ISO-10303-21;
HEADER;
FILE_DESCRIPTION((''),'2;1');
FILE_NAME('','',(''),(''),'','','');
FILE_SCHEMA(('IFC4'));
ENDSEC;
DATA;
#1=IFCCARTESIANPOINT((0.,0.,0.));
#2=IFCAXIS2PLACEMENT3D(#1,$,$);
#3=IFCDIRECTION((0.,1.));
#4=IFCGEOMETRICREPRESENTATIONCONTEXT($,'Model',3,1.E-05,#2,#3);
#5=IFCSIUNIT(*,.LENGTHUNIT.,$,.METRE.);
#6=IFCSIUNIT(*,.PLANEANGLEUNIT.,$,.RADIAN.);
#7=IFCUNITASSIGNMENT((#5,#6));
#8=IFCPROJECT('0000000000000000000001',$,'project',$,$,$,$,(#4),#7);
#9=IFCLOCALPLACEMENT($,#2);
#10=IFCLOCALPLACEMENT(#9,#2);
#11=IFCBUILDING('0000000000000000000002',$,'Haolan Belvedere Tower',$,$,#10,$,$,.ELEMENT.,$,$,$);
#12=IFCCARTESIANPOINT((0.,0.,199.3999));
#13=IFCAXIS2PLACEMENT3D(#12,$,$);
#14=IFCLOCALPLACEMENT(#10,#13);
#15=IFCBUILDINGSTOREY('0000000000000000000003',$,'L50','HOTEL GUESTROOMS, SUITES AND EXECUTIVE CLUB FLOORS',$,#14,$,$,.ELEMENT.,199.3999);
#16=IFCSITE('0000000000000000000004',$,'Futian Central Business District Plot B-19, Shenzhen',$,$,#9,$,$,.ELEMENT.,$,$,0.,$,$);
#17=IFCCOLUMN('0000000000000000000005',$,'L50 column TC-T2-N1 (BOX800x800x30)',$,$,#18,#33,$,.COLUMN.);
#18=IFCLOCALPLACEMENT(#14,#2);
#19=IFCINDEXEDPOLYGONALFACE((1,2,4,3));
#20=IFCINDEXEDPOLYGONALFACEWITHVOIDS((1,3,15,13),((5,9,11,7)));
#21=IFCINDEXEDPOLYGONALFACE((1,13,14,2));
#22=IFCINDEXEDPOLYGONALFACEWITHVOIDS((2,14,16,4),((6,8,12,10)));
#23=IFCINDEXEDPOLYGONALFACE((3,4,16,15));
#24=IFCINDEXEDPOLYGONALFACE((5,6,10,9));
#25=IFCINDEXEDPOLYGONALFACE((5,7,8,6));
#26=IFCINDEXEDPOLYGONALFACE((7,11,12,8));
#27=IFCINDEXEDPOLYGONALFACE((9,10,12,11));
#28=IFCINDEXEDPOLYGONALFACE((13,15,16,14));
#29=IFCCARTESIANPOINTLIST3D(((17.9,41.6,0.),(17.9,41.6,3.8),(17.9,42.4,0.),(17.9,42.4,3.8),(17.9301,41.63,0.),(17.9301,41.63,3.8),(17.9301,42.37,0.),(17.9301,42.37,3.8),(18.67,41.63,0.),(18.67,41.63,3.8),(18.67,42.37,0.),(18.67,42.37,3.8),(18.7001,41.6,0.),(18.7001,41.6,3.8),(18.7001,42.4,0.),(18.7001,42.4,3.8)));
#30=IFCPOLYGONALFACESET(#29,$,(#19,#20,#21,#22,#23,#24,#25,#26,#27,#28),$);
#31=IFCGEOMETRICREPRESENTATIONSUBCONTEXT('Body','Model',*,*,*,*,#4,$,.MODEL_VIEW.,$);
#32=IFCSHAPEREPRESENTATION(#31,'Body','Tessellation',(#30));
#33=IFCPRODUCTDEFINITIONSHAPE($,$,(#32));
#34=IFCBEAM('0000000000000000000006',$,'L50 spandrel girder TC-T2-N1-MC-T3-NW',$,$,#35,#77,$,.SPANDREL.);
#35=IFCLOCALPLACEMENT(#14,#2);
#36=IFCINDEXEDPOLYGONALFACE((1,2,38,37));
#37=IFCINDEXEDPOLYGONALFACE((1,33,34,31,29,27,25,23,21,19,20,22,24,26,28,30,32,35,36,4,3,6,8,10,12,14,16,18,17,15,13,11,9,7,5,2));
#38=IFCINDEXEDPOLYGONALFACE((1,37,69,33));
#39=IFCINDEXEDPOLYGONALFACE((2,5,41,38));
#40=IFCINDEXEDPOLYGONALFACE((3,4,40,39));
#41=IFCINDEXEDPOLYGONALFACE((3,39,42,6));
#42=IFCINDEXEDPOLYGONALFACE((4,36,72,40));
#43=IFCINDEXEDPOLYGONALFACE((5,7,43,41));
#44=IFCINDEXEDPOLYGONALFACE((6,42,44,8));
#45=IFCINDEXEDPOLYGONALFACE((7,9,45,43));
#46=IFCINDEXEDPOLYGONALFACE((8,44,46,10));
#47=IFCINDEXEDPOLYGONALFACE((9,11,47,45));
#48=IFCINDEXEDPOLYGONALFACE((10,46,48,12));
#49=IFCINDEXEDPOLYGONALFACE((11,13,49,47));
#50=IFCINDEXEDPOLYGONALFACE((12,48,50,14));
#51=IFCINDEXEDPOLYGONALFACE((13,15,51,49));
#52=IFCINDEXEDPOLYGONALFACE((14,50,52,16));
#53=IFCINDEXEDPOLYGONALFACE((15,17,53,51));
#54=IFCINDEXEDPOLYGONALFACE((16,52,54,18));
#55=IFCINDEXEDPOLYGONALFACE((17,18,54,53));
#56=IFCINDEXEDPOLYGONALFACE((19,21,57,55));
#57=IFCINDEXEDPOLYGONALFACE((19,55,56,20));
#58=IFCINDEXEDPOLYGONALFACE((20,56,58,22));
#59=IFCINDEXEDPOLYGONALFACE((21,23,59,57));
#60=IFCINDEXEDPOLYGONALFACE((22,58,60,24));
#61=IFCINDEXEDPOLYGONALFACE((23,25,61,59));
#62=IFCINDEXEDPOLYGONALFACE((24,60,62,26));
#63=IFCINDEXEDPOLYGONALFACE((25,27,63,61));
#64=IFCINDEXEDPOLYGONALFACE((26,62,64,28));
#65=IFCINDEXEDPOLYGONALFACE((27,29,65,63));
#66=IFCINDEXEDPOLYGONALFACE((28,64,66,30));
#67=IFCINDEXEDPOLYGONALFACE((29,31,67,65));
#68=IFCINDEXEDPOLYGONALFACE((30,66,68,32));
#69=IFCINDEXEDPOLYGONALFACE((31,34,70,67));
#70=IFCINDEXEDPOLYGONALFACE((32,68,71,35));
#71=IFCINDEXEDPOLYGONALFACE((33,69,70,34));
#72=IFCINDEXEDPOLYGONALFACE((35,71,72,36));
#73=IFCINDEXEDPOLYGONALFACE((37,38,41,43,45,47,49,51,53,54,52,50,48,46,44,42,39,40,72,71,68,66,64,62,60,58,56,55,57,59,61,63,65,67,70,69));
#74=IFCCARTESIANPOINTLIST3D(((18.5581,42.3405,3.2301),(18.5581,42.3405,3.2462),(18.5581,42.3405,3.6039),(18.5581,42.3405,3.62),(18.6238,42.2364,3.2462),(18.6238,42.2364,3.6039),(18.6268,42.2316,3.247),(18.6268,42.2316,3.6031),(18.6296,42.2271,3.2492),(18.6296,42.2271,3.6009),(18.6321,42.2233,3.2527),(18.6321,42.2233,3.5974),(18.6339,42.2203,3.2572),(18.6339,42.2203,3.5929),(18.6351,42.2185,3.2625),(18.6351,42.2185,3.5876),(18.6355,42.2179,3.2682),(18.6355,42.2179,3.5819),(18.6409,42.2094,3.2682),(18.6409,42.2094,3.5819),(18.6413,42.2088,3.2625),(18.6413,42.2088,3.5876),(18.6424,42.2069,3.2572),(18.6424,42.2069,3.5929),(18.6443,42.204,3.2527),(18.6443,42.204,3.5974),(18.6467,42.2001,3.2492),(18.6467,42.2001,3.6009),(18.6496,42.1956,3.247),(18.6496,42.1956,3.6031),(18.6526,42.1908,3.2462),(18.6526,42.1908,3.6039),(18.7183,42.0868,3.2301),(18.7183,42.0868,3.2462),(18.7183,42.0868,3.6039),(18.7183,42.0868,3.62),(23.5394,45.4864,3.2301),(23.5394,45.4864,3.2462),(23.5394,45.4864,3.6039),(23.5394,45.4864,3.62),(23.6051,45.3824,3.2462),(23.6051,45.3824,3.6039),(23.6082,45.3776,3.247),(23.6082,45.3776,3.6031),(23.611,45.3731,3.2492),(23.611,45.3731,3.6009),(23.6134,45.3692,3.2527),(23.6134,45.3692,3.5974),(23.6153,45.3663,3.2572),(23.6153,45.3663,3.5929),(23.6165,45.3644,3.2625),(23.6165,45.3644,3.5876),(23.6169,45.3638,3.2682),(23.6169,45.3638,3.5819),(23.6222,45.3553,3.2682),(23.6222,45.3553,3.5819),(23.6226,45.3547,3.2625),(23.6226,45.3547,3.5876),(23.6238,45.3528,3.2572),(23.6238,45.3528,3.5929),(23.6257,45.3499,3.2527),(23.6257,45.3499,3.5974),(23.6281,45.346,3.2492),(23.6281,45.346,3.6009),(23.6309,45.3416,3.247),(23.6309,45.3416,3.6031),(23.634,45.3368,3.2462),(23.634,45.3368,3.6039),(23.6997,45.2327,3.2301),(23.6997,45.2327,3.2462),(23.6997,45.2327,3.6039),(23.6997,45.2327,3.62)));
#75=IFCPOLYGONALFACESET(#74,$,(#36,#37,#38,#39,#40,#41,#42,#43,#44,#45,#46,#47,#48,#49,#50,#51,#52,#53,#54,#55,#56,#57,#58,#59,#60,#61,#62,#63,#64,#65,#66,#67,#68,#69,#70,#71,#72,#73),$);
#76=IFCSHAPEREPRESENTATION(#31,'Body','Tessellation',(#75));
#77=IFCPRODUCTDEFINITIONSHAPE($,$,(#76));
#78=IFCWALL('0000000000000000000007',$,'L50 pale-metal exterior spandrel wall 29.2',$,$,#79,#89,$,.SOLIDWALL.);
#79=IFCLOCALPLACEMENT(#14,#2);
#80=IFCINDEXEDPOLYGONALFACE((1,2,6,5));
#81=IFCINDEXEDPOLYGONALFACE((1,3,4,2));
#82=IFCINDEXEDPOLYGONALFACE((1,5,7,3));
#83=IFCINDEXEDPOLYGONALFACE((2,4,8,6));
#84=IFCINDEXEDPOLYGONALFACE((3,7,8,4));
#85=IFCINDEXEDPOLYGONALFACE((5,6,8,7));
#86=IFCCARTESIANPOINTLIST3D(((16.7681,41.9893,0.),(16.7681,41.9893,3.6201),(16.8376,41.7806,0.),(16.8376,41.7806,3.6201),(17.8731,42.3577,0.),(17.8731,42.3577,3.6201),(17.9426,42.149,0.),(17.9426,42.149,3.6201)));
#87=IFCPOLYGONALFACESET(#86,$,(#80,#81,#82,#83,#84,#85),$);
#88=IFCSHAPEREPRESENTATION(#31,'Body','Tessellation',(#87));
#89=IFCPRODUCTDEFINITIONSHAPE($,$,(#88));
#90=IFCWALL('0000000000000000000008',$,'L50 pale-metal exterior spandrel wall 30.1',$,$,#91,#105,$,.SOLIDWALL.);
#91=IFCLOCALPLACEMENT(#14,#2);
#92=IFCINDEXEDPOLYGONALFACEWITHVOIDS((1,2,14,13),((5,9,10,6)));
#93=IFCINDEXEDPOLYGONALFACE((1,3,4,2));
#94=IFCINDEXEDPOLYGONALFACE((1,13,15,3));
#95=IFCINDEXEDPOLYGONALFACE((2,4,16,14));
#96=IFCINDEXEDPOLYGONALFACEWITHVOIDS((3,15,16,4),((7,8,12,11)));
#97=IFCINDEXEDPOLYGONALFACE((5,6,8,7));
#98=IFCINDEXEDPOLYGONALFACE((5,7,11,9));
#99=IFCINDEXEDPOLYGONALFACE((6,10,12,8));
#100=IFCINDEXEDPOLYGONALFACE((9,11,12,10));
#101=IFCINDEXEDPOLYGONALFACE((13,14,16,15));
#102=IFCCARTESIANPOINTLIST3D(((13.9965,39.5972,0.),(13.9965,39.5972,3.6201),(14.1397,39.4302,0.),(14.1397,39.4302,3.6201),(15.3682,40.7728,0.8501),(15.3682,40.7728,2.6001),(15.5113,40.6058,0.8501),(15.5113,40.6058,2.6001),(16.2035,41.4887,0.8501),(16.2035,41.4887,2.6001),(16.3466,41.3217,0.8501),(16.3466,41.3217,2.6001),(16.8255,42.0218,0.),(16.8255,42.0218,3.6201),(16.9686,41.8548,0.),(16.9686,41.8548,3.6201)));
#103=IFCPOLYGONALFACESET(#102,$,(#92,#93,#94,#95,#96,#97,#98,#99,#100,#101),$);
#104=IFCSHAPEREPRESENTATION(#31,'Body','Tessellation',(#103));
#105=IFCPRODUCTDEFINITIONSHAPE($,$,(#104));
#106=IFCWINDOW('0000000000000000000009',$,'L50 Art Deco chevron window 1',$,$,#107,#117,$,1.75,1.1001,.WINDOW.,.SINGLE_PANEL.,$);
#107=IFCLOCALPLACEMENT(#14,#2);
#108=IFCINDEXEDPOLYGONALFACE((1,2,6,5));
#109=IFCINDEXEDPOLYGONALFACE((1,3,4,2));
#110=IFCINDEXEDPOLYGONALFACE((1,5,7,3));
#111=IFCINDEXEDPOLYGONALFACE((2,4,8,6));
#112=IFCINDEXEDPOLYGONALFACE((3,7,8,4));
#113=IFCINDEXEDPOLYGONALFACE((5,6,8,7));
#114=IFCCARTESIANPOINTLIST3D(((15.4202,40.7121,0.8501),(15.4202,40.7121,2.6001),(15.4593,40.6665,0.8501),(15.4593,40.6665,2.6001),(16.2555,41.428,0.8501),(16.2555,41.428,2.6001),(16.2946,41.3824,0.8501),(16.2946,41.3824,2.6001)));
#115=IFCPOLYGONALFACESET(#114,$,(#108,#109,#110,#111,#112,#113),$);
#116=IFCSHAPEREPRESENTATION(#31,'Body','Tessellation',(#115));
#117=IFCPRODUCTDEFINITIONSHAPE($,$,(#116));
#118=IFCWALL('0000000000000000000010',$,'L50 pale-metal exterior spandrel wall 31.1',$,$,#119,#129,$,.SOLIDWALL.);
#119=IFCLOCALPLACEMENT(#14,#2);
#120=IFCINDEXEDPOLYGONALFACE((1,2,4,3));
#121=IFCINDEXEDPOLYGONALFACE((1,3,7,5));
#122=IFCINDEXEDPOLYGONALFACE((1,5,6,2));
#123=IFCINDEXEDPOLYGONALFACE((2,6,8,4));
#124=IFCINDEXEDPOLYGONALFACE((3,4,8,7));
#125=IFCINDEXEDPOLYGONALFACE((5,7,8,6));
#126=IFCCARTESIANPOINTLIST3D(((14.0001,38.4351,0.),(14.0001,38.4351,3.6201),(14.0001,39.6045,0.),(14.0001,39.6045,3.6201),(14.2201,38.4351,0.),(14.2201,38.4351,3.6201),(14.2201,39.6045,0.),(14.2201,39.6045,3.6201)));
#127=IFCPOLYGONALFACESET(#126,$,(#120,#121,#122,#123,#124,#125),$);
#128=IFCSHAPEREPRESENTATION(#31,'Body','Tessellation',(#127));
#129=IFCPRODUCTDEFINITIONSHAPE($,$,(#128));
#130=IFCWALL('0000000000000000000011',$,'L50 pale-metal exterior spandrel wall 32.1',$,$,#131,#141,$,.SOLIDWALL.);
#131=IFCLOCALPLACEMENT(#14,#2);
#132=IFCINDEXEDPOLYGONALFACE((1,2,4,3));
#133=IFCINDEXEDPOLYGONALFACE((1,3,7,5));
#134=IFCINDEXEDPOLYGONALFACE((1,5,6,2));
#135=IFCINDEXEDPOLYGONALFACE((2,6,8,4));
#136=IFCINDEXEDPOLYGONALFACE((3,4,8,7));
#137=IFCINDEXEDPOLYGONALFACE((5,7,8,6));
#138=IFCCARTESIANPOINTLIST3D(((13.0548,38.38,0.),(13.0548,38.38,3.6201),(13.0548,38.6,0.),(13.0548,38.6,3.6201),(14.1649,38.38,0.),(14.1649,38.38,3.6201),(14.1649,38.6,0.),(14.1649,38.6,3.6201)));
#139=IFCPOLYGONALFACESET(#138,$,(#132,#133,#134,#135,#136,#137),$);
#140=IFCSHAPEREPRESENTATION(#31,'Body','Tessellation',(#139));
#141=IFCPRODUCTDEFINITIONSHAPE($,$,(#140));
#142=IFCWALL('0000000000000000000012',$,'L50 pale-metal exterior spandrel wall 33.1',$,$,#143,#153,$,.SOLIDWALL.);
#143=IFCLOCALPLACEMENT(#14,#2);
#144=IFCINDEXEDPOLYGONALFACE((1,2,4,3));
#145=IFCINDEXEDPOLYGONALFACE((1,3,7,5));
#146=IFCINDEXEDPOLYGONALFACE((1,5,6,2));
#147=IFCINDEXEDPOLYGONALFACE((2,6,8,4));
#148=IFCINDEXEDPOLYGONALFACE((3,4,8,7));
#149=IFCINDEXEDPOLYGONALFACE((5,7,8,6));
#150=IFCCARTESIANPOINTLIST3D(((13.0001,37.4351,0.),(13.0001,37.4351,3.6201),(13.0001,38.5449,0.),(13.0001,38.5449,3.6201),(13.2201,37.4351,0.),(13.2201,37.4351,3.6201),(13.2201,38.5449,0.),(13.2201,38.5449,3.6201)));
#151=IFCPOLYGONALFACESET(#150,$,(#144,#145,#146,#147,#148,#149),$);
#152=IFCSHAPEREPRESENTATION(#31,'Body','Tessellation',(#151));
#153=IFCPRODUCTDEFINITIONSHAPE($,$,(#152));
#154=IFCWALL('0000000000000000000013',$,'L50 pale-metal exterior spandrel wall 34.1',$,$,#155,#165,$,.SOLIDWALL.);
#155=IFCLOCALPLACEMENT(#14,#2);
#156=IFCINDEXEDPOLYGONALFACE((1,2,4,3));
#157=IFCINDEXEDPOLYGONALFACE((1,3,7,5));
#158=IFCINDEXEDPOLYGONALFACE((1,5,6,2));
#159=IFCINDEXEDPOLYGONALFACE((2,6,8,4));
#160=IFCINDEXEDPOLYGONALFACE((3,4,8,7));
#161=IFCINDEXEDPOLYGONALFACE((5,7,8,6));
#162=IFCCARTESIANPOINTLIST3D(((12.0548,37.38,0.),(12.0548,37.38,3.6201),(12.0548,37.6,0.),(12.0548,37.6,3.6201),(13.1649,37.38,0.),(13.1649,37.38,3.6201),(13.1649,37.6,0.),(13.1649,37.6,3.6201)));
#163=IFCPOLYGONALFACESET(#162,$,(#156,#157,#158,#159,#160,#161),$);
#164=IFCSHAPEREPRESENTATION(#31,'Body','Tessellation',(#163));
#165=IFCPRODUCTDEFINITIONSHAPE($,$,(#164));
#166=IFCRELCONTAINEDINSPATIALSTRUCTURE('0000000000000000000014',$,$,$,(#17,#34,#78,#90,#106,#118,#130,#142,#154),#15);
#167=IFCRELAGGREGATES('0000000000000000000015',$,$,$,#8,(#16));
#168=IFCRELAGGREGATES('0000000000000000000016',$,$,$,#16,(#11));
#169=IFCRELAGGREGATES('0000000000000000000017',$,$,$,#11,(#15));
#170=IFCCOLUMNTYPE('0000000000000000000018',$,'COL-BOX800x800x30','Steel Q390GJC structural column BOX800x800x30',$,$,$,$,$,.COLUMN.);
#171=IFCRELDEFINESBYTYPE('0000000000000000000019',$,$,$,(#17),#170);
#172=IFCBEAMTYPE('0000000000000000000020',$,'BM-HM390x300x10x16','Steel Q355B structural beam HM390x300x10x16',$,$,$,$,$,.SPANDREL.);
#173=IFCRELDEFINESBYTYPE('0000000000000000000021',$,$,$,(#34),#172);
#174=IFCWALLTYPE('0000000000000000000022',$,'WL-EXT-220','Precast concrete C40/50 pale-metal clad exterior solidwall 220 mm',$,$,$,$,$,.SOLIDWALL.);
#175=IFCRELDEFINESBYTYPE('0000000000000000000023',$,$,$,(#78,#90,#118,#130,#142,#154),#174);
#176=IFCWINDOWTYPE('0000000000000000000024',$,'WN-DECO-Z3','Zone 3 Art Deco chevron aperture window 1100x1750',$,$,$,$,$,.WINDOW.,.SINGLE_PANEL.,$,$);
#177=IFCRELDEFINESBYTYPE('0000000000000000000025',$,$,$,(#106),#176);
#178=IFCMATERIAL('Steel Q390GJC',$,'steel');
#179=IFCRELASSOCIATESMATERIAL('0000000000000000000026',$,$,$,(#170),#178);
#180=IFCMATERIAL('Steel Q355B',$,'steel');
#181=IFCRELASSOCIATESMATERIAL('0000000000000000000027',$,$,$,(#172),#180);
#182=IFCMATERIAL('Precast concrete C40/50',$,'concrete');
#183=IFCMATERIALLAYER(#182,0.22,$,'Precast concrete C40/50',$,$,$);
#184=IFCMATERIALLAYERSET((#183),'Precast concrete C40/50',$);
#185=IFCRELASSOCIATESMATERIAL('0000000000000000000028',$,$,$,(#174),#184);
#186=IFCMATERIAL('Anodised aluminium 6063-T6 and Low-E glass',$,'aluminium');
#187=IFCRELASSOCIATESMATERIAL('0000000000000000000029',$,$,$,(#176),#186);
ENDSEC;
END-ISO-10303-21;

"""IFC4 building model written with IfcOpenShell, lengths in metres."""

from ifc_helpers import new_model, si_unit, direction, frame, frame_2d, origin, origin_2d, place, context, subcontext, project, spatial, rectangle, hollow_rectangle, i_section, extrude, material, layer, layer_set, material_profile, profile_set, type_object, element, fill, save


model = new_model("IFC4")

# Units and contexts
model_context = context("Model", 3, precision=1e-05, world=origin(), true_north=direction((0.0, 1.0)))
body_context = subcontext(model_context, "Body", "Model", "MODEL_VIEW")
ifc_project = project(units=[si_unit("LENGTHUNIT", "METRE"), si_unit("PLANEANGLEUNIT", "RADIAN")], contexts=[model_context])

# Site, building, storey
site_placement = place(None, origin())
site = spatial("IfcSite", under=ifc_project, at=site_placement, Name="Futian Central Business District Plot B-19, Shenzhen", CompositionType="ELEMENT", RefElevation=0.0)
building_placement = place(site_placement, origin())
building = spatial("IfcBuilding", under=site, at=building_placement, Name="Haolan Belvedere Tower", CompositionType="ELEMENT")
storey_placement = place(building_placement, frame((0.0, 0.0, 199.3999)))
storey = spatial("IfcBuildingStorey", under=building, at=storey_placement, Name="L50", Description="HOTEL GUESTROOMS, SUITES AND EXECUTIVE CLUB FLOORS", CompositionType="ELEMENT", Elevation=199.3999)

# Column
ifc_material_1 = material(Name="Steel Q390GJC", Category="steel")
ifc_material_profile_1 = material_profile(ifc_material_1, hollow_rectangle(XDim=0.8, YDim=0.8, WallThickness=0.03, at=origin_2d()), Name="Steel Q390GJC")
ifc_profile_set_1 = profile_set([ifc_material_profile_1], Name="Steel Q390GJC")
column_type = type_object("IfcColumnType", Name="COL-BOX800x800x30", Description="Steel Q390GJC structural column BOX800x800x30", PredefinedType="COLUMN", material=ifc_profile_set_1)
column_placement = place(storey_placement, frame((18.3, 42.0, 0.0), z_axis=(0.0, 0.0, 1.0), x_axis=(1.0, 0.0, 0.0)))
element("IfcColumn", 1, at=column_placement, inside=storey, type_object=column_type, Name="L50 column TC-T2-N1 (BOX800x800x30)", PredefinedType="COLUMN", context=body_context, shape_type="SweptSolid", body=[
    extrude(hollow_rectangle(XDim=0.8, YDim=0.8, WallThickness=0.03, at=origin_2d()), origin(), (0.0, 0.0, 1.0), 3.8),
])

# Beam
ifc_material_2 = material(Name="Steel Q355B", Category="steel")
ifc_material_profile_2 = material_profile(ifc_material_2, i_section(OverallWidth=0.3, OverallDepth=0.3899, WebThickness=0.01, FlangeThickness=0.0161, FilletRadius=0.022, at=origin_2d()), Name="Steel Q355B")
ifc_profile_set_2 = profile_set([ifc_material_profile_2], Name="Steel Q355B")
beam_type = type_object("IfcBeamType", Name="BM-HM390x300x10x16", Description="Steel Q355B structural beam HM390x300x10x16", PredefinedType="SPANDREL", material=ifc_profile_set_2)
beam_placement = place(storey_placement, frame((18.6382, 42.2136, 3.425), z_axis=(0.845503, 0.533971, 0.0), x_axis=(-0.533971, 0.845503, 0.0)))
element("IfcBeam", 2, at=beam_placement, inside=storey, type_object=beam_type, Name="L50 spandrel girder TC-T2-N1-MC-T3-NW", PredefinedType="SPANDREL", context=body_context, shape_type="SweptSolid", body=[
    extrude(i_section(OverallWidth=0.3, OverallDepth=0.3899, WebThickness=0.01, FlangeThickness=0.0161, FilletRadius=0.022, at=origin_2d()), origin(), (0.0, 0.0, 1.0), 5.8916),
])

# Wall
ifc_material_3 = material(Name="Precast concrete C40/50", Category="concrete")
ifc_layer_1 = layer(ifc_material_3, 0.22, Name="Precast concrete C40/50")
ifc_layer_set_1 = layer_set([ifc_layer_1], Name="Precast concrete C40/50")
wall_type_1 = type_object("IfcWallType", Name="WL-EXT-220", Description="Precast concrete C40/50 pale-metal clad exterior solidwall 220 mm", PredefinedType="SOLIDWALL", material=ifc_layer_set_1)
wall_1_placement = place(storey_placement, frame((17.908, 42.2534, 0.0), z_axis=(0.0, 0.0, 1.0), x_axis=(-0.948662, -0.316291, 0.0)))
element("IfcWall", 3, at=wall_1_placement, inside=storey, type_object=wall_type_1, Name="L50 pale-metal exterior spandrel wall 29.2", PredefinedType="SOLIDWALL", context=body_context, shape_type="SweptSolid", body=[
    extrude(rectangle(XDim=1.1648, YDim=0.22, at=frame_2d((0.5825, 0.0))), origin(), (0.0, 0.0, 1.0), 3.6201),
])

# Wall, opening, window
wall_2_placement = place(storey_placement, frame((16.897, 41.9382, 0.0), z_axis=(0.0, 0.0, 1.0), x_axis=(-0.75928, -0.650764, 0.0)))
wall_2 = element("IfcWall", 4, at=wall_2_placement, inside=storey, type_object=wall_type_1, Name="L50 pale-metal exterior spandrel wall 30.1", PredefinedType="SOLIDWALL", context=body_context, shape_type="SweptSolid", body=[
    extrude(rectangle(XDim=3.7258, YDim=0.22, at=frame_2d((1.8628, 0.0))), origin(), (0.0, 0.0, 1.0), 3.6201),
])
opening_1_placement = place(wall_2_placement, frame((0.8191, 0.0, 0.8501)))
opening_1 = element("IfcOpeningElement", 5, at=opening_1_placement, cuts=wall_2, PredefinedType="OPENING", context=body_context, shape_type="SweptSolid", body=[
    extrude(rectangle(XDim=1.1001, YDim=1.75, at=frame_2d((0.55, 0.875))), frame((0.0, 0.1199, 0.0), z_axis=(0.0, -1.0, 0.0), x_axis=(1.0, 0.0, 0.0)), (0.0, 0.0, 1.0), 0.24),
])
ifc_material_4 = material(Name="Anodised aluminium 6063-T6 and Low-E glass", Category="aluminium")
window_type = type_object("IfcWindowType", Name="WN-DECO-Z3", Description="Zone 3 Art Deco chevron aperture window 1100x1750", PartitioningType="SINGLE_PANEL", PredefinedType="WINDOW", material=ifc_material_4)
window_1_placement = place(opening_1_placement, origin())
window_1 = element("IfcWindow", 6, at=window_1_placement, inside=storey, type_object=window_type, Name="L50 Art Deco chevron window 1", OverallHeight=1.75, OverallWidth=1.1001, PartitioningType="SINGLE_PANEL", PredefinedType="WINDOW", context=body_context, shape_type="SweptSolid", body=[
    extrude(rectangle(XDim=1.1001, YDim=1.75, at=frame_2d((0.55, 0.875))), frame((0.0, 0.03, 0.0), z_axis=(0.0, -1.0, 0.0), x_axis=(1.0, 0.0, 0.0)), (0.0, 0.0, 1.0), 0.0601),
])
fill(opening_1, window_1)

# Walls
wall_3_placement = place(storey_placement, frame((14.1101, 39.6045, 0.0), z_axis=(0.0, 0.0, 1.0), x_axis=(0.0, -1.0, 0.0)))
element("IfcWall", 7, at=wall_3_placement, inside=storey, type_object=wall_type_1, Name="L50 pale-metal exterior spandrel wall 31.1", PredefinedType="SOLIDWALL", context=body_context, shape_type="SweptSolid", body=[
    extrude(rectangle(XDim=1.1694, YDim=0.22, at=frame_2d((0.5847, 0.0))), origin(), (0.0, 0.0, 1.0), 3.6201),
])
wall_4_placement = place(storey_placement, frame((14.165, 38.49, 0.0), z_axis=(0.0, 0.0, 1.0), x_axis=(-1.0, 0.0, 0.0)))
element("IfcWall", 8, at=wall_4_placement, inside=storey, type_object=wall_type_1, Name="L50 pale-metal exterior spandrel wall 32.1", PredefinedType="SOLIDWALL", context=body_context, shape_type="SweptSolid", body=[
    extrude(rectangle(XDim=1.1101, YDim=0.22, at=frame_2d((0.5552, 0.0))), origin(), (0.0, 0.0, 1.0), 3.6201),
])
wall_5_placement = place(storey_placement, frame((13.1101, 38.5449, 0.0), z_axis=(0.0, 0.0, 1.0), x_axis=(0.0, -1.0, 0.0)))
element("IfcWall", 9, at=wall_5_placement, inside=storey, type_object=wall_type_1, Name="L50 pale-metal exterior spandrel wall 33.1", PredefinedType="SOLIDWALL", context=body_context, shape_type="SweptSolid", body=[
    extrude(rectangle(XDim=1.1099, YDim=0.22, at=frame_2d((0.5549, 0.0))), origin(), (0.0, 0.0, 1.0), 3.6201),
])
wall_6_placement = place(storey_placement, frame((13.165, 37.49, 0.0), z_axis=(0.0, 0.0, 1.0), x_axis=(-1.0, 0.0, 0.0)))
element("IfcWall", 10, at=wall_6_placement, inside=storey, type_object=wall_type_1, Name="L50 pale-metal exterior spandrel wall 34.1", PredefinedType="SOLIDWALL", context=body_context, shape_type="SweptSolid", body=[
    extrude(rectangle(XDim=1.1101, YDim=0.22, at=frame_2d((0.5552, 0.0))), origin(), (0.0, 0.0, 1.0), 3.6201),
])

save(model, "model.ifc")
